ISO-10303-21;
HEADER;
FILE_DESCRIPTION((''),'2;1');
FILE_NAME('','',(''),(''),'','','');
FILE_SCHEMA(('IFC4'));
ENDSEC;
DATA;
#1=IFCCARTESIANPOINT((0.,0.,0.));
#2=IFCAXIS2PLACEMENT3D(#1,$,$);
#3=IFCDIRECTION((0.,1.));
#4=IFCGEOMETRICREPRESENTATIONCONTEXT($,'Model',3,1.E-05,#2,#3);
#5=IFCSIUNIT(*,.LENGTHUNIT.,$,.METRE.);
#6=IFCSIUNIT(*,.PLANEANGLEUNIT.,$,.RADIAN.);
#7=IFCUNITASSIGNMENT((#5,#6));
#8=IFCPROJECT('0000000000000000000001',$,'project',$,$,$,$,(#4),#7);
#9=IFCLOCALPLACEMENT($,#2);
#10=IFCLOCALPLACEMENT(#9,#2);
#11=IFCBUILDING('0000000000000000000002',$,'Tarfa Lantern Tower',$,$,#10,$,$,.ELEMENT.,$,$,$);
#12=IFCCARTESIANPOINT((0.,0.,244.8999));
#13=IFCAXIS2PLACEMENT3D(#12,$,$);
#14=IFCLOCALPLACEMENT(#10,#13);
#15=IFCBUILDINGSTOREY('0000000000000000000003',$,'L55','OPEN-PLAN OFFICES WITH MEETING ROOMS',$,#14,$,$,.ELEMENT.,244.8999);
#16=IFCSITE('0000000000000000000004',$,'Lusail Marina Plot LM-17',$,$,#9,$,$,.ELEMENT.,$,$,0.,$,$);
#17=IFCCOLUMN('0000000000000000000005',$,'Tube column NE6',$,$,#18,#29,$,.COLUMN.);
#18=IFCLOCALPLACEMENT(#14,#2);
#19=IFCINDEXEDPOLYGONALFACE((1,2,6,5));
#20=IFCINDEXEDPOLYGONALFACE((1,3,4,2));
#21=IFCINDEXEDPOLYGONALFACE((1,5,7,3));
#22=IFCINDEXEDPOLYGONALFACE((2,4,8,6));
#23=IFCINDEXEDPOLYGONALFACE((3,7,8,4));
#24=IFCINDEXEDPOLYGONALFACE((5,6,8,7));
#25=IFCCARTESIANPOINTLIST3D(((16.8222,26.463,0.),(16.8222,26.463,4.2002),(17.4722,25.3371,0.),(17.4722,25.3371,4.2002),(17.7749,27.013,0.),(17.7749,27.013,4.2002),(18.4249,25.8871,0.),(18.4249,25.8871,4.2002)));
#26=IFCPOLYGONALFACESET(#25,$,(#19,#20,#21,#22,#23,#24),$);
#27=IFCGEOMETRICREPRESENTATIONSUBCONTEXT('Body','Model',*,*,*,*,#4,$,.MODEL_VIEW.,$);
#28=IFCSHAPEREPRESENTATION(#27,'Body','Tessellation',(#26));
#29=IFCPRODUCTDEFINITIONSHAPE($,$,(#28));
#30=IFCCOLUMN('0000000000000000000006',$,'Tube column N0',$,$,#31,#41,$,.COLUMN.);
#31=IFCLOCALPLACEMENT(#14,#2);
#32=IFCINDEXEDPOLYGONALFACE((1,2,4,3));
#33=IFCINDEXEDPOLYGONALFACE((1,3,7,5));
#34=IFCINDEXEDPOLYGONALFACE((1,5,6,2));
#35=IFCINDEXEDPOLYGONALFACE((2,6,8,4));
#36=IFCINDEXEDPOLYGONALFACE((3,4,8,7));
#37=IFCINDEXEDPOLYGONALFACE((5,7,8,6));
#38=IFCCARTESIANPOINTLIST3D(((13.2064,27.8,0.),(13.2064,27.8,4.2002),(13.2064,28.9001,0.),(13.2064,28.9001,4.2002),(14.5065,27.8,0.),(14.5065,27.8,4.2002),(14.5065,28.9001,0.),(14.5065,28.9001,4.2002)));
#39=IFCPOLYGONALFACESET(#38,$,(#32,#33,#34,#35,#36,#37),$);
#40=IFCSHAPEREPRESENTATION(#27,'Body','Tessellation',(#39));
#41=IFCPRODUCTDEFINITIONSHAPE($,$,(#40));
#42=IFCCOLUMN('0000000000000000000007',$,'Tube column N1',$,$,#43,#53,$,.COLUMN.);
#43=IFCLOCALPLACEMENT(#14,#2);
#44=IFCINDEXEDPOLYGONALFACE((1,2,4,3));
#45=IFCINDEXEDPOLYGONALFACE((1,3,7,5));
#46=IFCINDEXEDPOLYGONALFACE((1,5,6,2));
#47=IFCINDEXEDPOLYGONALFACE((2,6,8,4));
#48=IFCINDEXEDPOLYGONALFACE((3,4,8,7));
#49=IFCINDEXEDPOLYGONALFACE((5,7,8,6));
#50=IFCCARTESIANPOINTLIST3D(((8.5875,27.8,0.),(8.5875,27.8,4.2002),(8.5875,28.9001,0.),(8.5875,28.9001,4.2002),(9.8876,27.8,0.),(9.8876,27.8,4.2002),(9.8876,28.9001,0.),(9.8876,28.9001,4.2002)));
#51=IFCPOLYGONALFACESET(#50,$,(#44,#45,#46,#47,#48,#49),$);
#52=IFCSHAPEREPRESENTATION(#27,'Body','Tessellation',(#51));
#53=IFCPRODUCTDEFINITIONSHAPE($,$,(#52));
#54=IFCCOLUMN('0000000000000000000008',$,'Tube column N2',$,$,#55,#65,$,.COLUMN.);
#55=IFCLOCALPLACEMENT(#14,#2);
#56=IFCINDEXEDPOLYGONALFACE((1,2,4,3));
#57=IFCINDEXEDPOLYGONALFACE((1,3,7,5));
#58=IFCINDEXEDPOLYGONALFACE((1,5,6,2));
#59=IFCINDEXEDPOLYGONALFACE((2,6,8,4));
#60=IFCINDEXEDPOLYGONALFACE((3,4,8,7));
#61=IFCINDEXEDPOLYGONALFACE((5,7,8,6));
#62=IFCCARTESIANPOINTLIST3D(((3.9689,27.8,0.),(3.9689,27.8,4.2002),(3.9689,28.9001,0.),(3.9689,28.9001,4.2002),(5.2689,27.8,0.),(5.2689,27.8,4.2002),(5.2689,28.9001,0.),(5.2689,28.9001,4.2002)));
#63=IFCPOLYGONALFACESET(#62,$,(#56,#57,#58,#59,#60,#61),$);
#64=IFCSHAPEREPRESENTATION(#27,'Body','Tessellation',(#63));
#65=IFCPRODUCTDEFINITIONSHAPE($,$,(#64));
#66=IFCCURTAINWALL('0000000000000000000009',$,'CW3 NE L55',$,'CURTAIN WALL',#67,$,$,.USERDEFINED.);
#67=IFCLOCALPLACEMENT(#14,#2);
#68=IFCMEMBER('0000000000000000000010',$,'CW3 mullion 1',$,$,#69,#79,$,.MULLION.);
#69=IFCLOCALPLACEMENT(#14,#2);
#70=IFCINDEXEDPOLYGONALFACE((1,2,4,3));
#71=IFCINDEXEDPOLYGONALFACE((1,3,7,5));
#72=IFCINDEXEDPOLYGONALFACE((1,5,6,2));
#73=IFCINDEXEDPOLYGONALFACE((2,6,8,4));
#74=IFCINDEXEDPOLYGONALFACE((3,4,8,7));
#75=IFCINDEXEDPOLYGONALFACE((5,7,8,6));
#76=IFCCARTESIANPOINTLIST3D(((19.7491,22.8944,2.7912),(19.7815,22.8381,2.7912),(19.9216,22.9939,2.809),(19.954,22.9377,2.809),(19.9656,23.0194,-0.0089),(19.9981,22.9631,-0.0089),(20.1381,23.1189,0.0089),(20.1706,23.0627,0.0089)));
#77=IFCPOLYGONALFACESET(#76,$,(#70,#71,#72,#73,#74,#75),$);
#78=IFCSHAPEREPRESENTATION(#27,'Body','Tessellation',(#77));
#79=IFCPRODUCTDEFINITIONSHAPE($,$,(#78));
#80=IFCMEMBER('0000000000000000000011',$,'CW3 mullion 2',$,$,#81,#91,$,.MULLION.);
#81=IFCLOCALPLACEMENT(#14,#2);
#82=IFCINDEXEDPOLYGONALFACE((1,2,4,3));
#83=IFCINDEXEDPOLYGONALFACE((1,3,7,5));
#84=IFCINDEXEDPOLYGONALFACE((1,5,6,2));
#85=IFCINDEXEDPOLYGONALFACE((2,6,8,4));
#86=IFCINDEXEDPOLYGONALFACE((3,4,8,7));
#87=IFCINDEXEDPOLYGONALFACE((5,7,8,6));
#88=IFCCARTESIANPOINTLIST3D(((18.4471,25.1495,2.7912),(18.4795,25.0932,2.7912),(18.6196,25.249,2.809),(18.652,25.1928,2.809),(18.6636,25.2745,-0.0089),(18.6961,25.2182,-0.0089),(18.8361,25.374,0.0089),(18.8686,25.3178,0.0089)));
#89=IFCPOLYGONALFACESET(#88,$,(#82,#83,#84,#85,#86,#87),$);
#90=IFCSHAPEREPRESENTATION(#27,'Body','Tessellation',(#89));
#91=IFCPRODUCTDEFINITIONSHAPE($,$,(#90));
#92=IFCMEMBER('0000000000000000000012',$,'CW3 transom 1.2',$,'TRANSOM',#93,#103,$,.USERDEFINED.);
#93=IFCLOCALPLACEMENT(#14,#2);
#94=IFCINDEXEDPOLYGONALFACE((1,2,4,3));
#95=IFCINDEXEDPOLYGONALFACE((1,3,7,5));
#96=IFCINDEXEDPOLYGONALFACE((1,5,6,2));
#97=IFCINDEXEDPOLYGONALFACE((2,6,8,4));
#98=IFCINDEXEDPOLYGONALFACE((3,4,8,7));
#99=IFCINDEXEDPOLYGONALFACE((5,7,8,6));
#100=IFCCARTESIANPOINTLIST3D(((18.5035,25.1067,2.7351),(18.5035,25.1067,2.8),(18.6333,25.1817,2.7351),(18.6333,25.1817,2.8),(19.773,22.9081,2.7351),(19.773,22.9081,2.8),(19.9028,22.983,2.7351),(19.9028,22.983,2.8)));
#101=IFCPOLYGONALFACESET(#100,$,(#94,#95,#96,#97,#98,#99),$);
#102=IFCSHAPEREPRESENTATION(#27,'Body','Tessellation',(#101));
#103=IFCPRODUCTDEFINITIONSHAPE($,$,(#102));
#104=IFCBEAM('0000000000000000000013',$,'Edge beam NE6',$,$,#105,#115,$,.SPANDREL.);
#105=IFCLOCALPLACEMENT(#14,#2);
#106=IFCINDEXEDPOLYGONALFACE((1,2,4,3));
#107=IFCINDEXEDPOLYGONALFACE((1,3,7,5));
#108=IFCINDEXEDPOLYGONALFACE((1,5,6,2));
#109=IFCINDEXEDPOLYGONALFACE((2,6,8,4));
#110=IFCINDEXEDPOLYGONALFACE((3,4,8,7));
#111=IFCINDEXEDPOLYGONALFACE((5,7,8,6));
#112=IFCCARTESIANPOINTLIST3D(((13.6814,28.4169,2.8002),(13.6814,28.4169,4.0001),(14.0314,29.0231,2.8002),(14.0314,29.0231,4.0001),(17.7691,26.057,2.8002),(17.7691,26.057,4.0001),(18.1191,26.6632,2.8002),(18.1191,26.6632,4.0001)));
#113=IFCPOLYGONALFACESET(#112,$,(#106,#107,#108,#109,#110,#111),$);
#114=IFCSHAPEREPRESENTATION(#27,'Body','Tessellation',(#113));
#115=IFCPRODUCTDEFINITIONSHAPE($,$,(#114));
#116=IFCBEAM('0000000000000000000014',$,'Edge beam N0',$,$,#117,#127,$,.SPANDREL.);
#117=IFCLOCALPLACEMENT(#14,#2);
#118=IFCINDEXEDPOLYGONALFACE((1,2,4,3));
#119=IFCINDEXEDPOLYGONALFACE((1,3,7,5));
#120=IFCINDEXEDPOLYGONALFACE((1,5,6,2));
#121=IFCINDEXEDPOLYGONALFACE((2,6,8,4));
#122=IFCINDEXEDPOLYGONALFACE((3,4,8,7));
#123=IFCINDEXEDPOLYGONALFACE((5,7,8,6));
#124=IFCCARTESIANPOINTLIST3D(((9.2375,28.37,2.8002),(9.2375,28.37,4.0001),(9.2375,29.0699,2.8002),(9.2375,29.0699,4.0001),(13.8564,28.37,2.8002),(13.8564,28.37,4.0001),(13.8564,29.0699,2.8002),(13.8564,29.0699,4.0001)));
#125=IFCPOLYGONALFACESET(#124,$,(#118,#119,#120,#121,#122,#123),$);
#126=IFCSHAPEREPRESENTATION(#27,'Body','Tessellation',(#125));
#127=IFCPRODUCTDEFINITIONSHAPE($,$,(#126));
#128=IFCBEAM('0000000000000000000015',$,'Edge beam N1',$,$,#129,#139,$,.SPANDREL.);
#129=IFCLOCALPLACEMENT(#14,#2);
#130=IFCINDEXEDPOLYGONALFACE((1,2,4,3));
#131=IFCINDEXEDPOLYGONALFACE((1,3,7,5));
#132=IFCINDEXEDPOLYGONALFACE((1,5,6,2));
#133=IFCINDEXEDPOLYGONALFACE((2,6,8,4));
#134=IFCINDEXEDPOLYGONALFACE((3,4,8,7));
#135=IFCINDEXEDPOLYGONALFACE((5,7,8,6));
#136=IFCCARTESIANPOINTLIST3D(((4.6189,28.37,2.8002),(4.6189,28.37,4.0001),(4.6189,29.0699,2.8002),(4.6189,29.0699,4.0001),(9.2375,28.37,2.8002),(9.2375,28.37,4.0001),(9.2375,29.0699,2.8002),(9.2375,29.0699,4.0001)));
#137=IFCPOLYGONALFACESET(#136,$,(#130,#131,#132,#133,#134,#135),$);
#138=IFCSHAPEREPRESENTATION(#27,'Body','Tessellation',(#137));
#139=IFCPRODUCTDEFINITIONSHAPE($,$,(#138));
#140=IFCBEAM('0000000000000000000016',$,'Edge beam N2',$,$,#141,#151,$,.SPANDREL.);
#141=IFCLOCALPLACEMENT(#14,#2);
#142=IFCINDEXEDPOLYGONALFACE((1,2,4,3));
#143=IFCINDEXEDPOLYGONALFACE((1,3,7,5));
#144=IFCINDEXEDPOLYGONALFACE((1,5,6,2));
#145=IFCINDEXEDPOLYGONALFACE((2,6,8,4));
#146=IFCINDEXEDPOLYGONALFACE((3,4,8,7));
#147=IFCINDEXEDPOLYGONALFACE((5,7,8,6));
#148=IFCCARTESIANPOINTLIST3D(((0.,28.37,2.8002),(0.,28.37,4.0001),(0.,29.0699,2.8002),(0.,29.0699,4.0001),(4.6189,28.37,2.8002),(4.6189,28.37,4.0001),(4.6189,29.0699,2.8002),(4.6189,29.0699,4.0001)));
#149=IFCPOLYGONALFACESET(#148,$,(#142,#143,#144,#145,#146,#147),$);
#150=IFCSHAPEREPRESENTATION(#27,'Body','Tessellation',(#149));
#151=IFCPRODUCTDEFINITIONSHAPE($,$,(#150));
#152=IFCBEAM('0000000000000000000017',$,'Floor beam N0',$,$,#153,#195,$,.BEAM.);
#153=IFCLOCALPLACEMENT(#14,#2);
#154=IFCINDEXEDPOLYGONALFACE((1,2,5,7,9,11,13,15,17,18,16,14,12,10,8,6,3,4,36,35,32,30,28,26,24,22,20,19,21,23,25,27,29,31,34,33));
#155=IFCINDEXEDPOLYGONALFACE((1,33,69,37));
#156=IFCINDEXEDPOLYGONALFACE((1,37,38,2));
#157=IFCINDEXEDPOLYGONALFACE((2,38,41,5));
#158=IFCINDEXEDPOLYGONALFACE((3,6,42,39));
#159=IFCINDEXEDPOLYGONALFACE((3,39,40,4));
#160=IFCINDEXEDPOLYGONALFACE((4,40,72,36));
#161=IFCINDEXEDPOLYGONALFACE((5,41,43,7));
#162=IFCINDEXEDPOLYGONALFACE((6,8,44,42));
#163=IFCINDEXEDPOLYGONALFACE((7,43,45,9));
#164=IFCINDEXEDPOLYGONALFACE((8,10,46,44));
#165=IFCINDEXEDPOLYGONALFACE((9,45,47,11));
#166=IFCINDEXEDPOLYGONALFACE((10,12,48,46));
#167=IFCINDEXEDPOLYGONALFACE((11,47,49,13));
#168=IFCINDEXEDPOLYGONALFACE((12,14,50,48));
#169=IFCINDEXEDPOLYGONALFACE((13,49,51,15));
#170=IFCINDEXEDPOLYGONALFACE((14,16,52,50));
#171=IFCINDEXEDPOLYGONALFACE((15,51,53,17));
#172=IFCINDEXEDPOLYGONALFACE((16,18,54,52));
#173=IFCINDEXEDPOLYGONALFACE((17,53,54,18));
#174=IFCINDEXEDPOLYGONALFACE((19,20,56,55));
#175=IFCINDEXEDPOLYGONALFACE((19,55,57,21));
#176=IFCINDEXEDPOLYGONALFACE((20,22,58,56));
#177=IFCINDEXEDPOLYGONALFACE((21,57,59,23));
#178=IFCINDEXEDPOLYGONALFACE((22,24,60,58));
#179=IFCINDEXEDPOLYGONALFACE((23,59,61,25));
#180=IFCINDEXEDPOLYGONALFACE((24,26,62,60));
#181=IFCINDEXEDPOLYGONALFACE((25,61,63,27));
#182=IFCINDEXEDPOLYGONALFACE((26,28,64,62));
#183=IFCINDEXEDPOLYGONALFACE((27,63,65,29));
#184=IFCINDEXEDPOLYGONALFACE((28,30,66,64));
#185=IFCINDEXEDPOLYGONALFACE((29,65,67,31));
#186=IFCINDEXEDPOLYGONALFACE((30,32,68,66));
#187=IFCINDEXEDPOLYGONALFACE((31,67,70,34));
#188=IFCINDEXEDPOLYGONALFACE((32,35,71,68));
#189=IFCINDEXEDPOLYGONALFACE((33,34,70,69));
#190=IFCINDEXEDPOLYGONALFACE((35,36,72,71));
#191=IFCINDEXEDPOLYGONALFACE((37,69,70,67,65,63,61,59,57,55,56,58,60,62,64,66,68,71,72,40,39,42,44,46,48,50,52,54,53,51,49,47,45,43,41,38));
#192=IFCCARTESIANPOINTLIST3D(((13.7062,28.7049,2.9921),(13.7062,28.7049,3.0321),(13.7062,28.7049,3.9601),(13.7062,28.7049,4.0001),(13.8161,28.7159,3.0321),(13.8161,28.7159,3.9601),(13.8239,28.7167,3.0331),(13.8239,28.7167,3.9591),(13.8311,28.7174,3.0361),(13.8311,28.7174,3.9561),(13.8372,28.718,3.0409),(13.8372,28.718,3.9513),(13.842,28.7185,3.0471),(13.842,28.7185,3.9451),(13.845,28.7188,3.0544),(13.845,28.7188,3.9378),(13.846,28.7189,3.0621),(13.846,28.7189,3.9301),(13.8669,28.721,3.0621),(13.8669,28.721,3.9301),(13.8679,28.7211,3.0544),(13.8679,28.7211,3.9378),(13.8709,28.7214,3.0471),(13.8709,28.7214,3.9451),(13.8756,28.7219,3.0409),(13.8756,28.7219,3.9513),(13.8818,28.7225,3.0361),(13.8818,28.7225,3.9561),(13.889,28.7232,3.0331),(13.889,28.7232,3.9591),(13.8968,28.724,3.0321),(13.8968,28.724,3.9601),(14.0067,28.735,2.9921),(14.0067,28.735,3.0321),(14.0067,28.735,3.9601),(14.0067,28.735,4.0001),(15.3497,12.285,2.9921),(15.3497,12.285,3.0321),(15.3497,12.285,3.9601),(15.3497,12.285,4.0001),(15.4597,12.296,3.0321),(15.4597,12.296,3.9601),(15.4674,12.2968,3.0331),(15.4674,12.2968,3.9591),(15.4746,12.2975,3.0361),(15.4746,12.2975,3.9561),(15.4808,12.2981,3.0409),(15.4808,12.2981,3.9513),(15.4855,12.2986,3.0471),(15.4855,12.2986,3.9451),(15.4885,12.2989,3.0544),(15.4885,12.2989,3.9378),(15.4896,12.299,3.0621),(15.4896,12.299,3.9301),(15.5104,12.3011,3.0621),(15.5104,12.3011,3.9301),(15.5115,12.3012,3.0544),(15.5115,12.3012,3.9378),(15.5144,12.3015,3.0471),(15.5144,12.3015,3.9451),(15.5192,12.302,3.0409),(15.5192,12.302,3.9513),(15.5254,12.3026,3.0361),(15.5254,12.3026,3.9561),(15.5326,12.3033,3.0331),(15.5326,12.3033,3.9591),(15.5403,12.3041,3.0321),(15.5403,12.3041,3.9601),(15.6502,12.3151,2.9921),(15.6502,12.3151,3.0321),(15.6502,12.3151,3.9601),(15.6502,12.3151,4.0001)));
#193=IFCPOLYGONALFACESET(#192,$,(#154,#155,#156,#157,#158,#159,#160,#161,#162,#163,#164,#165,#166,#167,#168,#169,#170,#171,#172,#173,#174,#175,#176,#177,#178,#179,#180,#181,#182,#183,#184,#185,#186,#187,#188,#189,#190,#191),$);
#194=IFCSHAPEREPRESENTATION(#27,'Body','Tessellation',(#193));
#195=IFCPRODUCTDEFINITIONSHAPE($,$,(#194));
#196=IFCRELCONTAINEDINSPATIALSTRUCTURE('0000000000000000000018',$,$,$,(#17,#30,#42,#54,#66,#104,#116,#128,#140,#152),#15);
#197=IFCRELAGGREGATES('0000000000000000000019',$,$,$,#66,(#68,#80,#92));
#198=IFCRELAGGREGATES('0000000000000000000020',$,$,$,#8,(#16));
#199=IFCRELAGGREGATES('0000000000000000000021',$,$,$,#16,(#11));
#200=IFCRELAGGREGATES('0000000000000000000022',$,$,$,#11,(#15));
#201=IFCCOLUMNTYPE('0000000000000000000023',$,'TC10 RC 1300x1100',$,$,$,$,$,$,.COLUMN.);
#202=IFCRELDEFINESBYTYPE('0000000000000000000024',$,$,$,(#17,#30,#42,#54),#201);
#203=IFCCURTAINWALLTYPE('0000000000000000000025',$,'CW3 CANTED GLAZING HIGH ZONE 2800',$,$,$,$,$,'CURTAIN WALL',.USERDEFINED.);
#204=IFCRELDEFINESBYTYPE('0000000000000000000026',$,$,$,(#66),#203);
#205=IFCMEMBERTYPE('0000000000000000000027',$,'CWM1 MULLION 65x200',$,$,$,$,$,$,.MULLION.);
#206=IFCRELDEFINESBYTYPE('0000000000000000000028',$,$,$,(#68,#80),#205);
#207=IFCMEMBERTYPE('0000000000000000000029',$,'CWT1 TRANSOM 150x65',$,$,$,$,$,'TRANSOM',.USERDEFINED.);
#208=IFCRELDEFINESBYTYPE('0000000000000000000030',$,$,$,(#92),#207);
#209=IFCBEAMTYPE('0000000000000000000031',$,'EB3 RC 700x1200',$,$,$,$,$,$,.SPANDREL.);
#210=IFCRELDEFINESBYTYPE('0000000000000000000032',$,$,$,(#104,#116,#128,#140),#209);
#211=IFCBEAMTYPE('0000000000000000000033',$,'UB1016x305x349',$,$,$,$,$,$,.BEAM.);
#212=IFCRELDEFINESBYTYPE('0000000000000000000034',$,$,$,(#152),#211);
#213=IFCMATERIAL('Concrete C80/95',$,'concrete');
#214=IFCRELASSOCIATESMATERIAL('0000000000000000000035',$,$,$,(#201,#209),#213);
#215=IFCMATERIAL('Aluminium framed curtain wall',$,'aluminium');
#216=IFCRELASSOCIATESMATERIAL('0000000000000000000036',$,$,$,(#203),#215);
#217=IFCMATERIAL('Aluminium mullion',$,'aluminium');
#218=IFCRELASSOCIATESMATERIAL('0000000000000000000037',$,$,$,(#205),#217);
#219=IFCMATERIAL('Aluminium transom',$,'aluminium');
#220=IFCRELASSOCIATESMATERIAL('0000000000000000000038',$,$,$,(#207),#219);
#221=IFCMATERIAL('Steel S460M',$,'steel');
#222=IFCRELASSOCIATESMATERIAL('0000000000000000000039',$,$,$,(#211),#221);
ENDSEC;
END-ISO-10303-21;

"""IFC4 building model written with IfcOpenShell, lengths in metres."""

from ifc_helpers import new_model, si_unit, direction, frame, origin, origin_2d, place, context, subcontext, project, spatial, rectangle, i_section, extrude, material, material_profile, profile_set, type_object, element, aggregate, save


model = new_model("IFC4")

# Units and contexts
model_context = context("Model", 3, precision=1e-05, world=origin(), true_north=direction((0.0, 1.0)))
body_context = subcontext(model_context, "Body", "Model", "MODEL_VIEW")
ifc_project = project(units=[si_unit("LENGTHUNIT", "METRE"), si_unit("PLANEANGLEUNIT", "RADIAN")], contexts=[model_context])

# Site, building, storey
site_placement = place(None, origin())
site = spatial("IfcSite", under=ifc_project, at=site_placement, Name="Lusail Marina Plot LM-17", CompositionType="ELEMENT", RefElevation=0.0)
building_placement = place(site_placement, origin())
building = spatial("IfcBuilding", under=site, at=building_placement, Name="Tarfa Lantern Tower", CompositionType="ELEMENT")
storey_placement = place(building_placement, frame((0.0, 0.0, 244.8999)))
storey = spatial("IfcBuildingStorey", under=building, at=storey_placement, Name="L55", Description="OPEN-PLAN OFFICES WITH MEETING ROOMS", CompositionType="ELEMENT", Elevation=244.8999)

# Columns
ifc_material_1 = material(Name="Concrete C80/95", Category="concrete")
ifc_material_profile_1 = material_profile(ifc_material_1, rectangle(XDim=1.3, YDim=1.1001, at=origin_2d()), Name="RC 1300x1100")
ifc_profile_set_1 = profile_set([ifc_material_profile_1], Name="Concrete C80/95")
column_type = type_object("IfcColumnType", Name="TC10 RC 1300x1100", PredefinedType="COLUMN", material=ifc_profile_set_1)
for number, where, z_axis, x_axis, name in (
    (1, (17.6235, 26.175, 0.0), (0.0, 0.0, 1.0), (-0.5, 0.866025, 0.0), "Tube column NE6"),
    (2, (13.8564, 28.3501, 0.0), (0.0, 0.0, 1.0), (-1.0, 0.0, 0.0), "Tube column N0"),
    (3, (9.2375, 28.3501, 0.0), (0.0, 0.0, 1.0), (-1.0, 0.0, 0.0), "Tube column N1"),
    (4, (4.6189, 28.3501, 0.0), (0.0, 0.0, 1.0), (-1.0, 0.0, 0.0), "Tube column N2"),
):
    element("IfcColumn", number, at=place(storey_placement, frame(where, z_axis=z_axis, x_axis=x_axis)), inside=storey, type_object=column_type, Name=name, PredefinedType="COLUMN", context=body_context, shape_type="SweptSolid", body=[
        extrude(rectangle(XDim=1.3, YDim=1.1001, at=origin_2d()), origin(), (0.0, 0.0, 1.0), 4.2002),
    ])

# Curtain wall, members
ifc_material_2 = material(Name="Aluminium framed curtain wall", Category="aluminium")
curtain_wall_type = type_object("IfcCurtainWallType", Name="CW3 CANTED GLAZING HIGH ZONE 2800", ElementType="CURTAIN WALL", PredefinedType="USERDEFINED", material=ifc_material_2)
curtain_wall_placement = place(storey_placement, origin())
curtain_wall = element("IfcCurtainWall", 5, at=curtain_wall_placement, inside=storey, type_object=curtain_wall_type, Name="CW3 NE L55", ObjectType="CURTAIN WALL", PredefinedType="USERDEFINED")
ifc_material_3 = material(Name="Aluminium mullion", Category="aluminium")
ifc_material_profile_2 = material_profile(ifc_material_3, rectangle(XDim=0.0649, YDim=0.2, at=origin_2d()), Name="AL MULLION 65x200")
ifc_profile_set_2 = profile_set([ifc_material_profile_2], Name="Aluminium mullion")
member_type_1 = type_object("IfcMemberType", Name="CWM1 MULLION 65x200", PredefinedType="MULLION", material=ifc_profile_set_2)
member_1_placement = place(storey_placement, frame((20.0681, 23.041, 0.0), z_axis=(-0.077032, -0.044465, 0.996037), x_axis=(0.49992, -0.866072, 0.0)))
member_1 = element("IfcMember", 6, at=member_1_placement, type_object=member_type_1, Name="CW3 mullion 1", PredefinedType="MULLION", context=body_context, shape_type="SweptSolid", body=[
    extrude(rectangle(XDim=0.0649, YDim=0.2, at=origin_2d()), origin(), (0.0, 0.0, 1.0), 2.8113),
])
member_2_placement = place(storey_placement, frame((18.7661, 25.2961, 0.0), z_axis=(-0.077032, -0.044465, 0.996037), x_axis=(0.49992, -0.866072, 0.0)))
member_2 = element("IfcMember", 7, at=member_2_placement, type_object=member_type_1, Name="CW3 mullion 2", PredefinedType="MULLION", context=body_context, shape_type="SweptSolid", body=[
    extrude(rectangle(XDim=0.0649, YDim=0.2, at=origin_2d()), origin(), (0.0, 0.0, 1.0), 2.8113),
])
ifc_material_4 = material(Name="Aluminium transom", Category="aluminium")
ifc_material_profile_3 = material_profile(ifc_material_4, rectangle(XDim=0.1499, YDim=0.0649, at=origin_2d()), Name="AL TRANSOM 150x65")
ifc_profile_set_3 = profile_set([ifc_material_profile_3], Name="Aluminium transom")
member_type_2 = type_object("IfcMemberType", Name="CWT1 TRANSOM 150x65", ElementType="TRANSOM", PredefinedType="USERDEFINED", material=ifc_profile_set_3)
member_3_placement = place(storey_placement, frame((19.8379, 22.9456, 2.7676), z_axis=(-0.500028, 0.866009, 0.0), x_axis=(-0.866009, -0.500028, 0.0)))
member_3 = element("IfcMember", 8, at=member_3_placement, type_object=member_type_2, Name="CW3 transom 1.2", ObjectType="TRANSOM", PredefinedType="USERDEFINED", context=body_context, shape_type="SweptSolid", body=[
    extrude(rectangle(XDim=0.1499, YDim=0.0649, at=origin_2d()), origin(), (0.0, 0.0, 1.0), 2.5388),
])

# Beams
ifc_material_profile_4 = material_profile(ifc_material_1, rectangle(XDim=0.7, YDim=1.2, at=origin_2d()), Name="RC 700x1200")
ifc_profile_set_4 = profile_set([ifc_material_profile_4], Name="Concrete C80/95")
beam_type_1 = type_object("IfcBeamType", Name="EB3 RC 700x1200", PredefinedType="SPANDREL", material=ifc_profile_set_4)
beam_1_placement = place(storey_placement, frame((17.9441, 26.3601, 3.4001), z_axis=(-0.866038, 0.499978, 0.0), x_axis=(-0.499978, -0.866038, 0.0)))
element("IfcBeam", 9, at=beam_1_placement, inside=storey, type_object=beam_type_1, Name="Edge beam NE6", PredefinedType="SPANDREL", context=body_context, shape_type="SweptSolid", body=[
    extrude(rectangle(XDim=0.7, YDim=1.2, at=origin_2d()), origin(), (0.0, 0.0, 1.0), 4.72),
])
beam_2_placement = place(storey_placement, frame((13.8564, 28.72, 3.4001), z_axis=(-1.0, 0.0, 0.0), x_axis=(0.0, -1.0, 0.0)))
element("IfcBeam", 10, at=beam_2_placement, inside=storey, type_object=beam_type_1, Name="Edge beam N0", PredefinedType="SPANDREL", context=body_context, shape_type="SweptSolid", body=[
    extrude(rectangle(XDim=0.7, YDim=1.2, at=origin_2d()), origin(), (0.0, 0.0, 1.0), 4.6189),
])
beam_3_placement = place(storey_placement, frame((9.2375, 28.72, 3.4001), z_axis=(-1.0, 0.0, 0.0), x_axis=(0.0, -1.0, 0.0)))
element("IfcBeam", 11, at=beam_3_placement, inside=storey, type_object=beam_type_1, Name="Edge beam N1", PredefinedType="SPANDREL", context=body_context, shape_type="SweptSolid", body=[
    extrude(rectangle(XDim=0.7, YDim=1.2, at=origin_2d()), origin(), (0.0, 0.0, 1.0), 4.6187),
])
beam_4_placement = place(storey_placement, frame((4.6189, 28.72, 3.4001), z_axis=(-1.0, 0.0, 0.0), x_axis=(0.0, -1.0, 0.0)))
element("IfcBeam", 12, at=beam_4_placement, inside=storey, type_object=beam_type_1, Name="Edge beam N2", PredefinedType="SPANDREL", context=body_context, shape_type="SweptSolid", body=[
    extrude(rectangle(XDim=0.7, YDim=1.2, at=origin_2d()), origin(), (0.0, 0.0, 1.0), 4.6189),
])
ifc_material_5 = material(Name="Steel S460M", Category="steel")
ifc_material_profile_5 = material_profile(ifc_material_5, i_section(OverallWidth=0.302, OverallDepth=1.0081, WebThickness=0.021, FlangeThickness=0.04, FilletRadius=0.03, at=origin_2d()), Name="UB1016x305x349")
ifc_profile_set_5 = profile_set([ifc_material_profile_5], Name="Steel S460M")
beam_type_2 = type_object("IfcBeamType", Name="UB1016x305x349", PredefinedType="BEAM", material=ifc_profile_set_5)
beam_5_placement = place(storey_placement, frame((13.8564, 28.72, 3.4961), z_axis=(0.099597, -0.995028, 0.0), x_axis=(0.995028, 0.099597, 0.0)))
element("IfcBeam", 13, at=beam_5_placement, inside=storey, type_object=beam_type_2, Name="Floor beam N0", PredefinedType="BEAM", context=body_context, shape_type="SweptSolid", body=[
    extrude(i_section(OverallWidth=0.302, OverallDepth=1.0081, WebThickness=0.021, FlangeThickness=0.04, FilletRadius=0.03, at=origin_2d()), origin(), (0.0, 0.0, 1.0), 16.502),
])

aggregate(curtain_wall, [member_1, member_2, member_3])

save(model, "model.ifc")
